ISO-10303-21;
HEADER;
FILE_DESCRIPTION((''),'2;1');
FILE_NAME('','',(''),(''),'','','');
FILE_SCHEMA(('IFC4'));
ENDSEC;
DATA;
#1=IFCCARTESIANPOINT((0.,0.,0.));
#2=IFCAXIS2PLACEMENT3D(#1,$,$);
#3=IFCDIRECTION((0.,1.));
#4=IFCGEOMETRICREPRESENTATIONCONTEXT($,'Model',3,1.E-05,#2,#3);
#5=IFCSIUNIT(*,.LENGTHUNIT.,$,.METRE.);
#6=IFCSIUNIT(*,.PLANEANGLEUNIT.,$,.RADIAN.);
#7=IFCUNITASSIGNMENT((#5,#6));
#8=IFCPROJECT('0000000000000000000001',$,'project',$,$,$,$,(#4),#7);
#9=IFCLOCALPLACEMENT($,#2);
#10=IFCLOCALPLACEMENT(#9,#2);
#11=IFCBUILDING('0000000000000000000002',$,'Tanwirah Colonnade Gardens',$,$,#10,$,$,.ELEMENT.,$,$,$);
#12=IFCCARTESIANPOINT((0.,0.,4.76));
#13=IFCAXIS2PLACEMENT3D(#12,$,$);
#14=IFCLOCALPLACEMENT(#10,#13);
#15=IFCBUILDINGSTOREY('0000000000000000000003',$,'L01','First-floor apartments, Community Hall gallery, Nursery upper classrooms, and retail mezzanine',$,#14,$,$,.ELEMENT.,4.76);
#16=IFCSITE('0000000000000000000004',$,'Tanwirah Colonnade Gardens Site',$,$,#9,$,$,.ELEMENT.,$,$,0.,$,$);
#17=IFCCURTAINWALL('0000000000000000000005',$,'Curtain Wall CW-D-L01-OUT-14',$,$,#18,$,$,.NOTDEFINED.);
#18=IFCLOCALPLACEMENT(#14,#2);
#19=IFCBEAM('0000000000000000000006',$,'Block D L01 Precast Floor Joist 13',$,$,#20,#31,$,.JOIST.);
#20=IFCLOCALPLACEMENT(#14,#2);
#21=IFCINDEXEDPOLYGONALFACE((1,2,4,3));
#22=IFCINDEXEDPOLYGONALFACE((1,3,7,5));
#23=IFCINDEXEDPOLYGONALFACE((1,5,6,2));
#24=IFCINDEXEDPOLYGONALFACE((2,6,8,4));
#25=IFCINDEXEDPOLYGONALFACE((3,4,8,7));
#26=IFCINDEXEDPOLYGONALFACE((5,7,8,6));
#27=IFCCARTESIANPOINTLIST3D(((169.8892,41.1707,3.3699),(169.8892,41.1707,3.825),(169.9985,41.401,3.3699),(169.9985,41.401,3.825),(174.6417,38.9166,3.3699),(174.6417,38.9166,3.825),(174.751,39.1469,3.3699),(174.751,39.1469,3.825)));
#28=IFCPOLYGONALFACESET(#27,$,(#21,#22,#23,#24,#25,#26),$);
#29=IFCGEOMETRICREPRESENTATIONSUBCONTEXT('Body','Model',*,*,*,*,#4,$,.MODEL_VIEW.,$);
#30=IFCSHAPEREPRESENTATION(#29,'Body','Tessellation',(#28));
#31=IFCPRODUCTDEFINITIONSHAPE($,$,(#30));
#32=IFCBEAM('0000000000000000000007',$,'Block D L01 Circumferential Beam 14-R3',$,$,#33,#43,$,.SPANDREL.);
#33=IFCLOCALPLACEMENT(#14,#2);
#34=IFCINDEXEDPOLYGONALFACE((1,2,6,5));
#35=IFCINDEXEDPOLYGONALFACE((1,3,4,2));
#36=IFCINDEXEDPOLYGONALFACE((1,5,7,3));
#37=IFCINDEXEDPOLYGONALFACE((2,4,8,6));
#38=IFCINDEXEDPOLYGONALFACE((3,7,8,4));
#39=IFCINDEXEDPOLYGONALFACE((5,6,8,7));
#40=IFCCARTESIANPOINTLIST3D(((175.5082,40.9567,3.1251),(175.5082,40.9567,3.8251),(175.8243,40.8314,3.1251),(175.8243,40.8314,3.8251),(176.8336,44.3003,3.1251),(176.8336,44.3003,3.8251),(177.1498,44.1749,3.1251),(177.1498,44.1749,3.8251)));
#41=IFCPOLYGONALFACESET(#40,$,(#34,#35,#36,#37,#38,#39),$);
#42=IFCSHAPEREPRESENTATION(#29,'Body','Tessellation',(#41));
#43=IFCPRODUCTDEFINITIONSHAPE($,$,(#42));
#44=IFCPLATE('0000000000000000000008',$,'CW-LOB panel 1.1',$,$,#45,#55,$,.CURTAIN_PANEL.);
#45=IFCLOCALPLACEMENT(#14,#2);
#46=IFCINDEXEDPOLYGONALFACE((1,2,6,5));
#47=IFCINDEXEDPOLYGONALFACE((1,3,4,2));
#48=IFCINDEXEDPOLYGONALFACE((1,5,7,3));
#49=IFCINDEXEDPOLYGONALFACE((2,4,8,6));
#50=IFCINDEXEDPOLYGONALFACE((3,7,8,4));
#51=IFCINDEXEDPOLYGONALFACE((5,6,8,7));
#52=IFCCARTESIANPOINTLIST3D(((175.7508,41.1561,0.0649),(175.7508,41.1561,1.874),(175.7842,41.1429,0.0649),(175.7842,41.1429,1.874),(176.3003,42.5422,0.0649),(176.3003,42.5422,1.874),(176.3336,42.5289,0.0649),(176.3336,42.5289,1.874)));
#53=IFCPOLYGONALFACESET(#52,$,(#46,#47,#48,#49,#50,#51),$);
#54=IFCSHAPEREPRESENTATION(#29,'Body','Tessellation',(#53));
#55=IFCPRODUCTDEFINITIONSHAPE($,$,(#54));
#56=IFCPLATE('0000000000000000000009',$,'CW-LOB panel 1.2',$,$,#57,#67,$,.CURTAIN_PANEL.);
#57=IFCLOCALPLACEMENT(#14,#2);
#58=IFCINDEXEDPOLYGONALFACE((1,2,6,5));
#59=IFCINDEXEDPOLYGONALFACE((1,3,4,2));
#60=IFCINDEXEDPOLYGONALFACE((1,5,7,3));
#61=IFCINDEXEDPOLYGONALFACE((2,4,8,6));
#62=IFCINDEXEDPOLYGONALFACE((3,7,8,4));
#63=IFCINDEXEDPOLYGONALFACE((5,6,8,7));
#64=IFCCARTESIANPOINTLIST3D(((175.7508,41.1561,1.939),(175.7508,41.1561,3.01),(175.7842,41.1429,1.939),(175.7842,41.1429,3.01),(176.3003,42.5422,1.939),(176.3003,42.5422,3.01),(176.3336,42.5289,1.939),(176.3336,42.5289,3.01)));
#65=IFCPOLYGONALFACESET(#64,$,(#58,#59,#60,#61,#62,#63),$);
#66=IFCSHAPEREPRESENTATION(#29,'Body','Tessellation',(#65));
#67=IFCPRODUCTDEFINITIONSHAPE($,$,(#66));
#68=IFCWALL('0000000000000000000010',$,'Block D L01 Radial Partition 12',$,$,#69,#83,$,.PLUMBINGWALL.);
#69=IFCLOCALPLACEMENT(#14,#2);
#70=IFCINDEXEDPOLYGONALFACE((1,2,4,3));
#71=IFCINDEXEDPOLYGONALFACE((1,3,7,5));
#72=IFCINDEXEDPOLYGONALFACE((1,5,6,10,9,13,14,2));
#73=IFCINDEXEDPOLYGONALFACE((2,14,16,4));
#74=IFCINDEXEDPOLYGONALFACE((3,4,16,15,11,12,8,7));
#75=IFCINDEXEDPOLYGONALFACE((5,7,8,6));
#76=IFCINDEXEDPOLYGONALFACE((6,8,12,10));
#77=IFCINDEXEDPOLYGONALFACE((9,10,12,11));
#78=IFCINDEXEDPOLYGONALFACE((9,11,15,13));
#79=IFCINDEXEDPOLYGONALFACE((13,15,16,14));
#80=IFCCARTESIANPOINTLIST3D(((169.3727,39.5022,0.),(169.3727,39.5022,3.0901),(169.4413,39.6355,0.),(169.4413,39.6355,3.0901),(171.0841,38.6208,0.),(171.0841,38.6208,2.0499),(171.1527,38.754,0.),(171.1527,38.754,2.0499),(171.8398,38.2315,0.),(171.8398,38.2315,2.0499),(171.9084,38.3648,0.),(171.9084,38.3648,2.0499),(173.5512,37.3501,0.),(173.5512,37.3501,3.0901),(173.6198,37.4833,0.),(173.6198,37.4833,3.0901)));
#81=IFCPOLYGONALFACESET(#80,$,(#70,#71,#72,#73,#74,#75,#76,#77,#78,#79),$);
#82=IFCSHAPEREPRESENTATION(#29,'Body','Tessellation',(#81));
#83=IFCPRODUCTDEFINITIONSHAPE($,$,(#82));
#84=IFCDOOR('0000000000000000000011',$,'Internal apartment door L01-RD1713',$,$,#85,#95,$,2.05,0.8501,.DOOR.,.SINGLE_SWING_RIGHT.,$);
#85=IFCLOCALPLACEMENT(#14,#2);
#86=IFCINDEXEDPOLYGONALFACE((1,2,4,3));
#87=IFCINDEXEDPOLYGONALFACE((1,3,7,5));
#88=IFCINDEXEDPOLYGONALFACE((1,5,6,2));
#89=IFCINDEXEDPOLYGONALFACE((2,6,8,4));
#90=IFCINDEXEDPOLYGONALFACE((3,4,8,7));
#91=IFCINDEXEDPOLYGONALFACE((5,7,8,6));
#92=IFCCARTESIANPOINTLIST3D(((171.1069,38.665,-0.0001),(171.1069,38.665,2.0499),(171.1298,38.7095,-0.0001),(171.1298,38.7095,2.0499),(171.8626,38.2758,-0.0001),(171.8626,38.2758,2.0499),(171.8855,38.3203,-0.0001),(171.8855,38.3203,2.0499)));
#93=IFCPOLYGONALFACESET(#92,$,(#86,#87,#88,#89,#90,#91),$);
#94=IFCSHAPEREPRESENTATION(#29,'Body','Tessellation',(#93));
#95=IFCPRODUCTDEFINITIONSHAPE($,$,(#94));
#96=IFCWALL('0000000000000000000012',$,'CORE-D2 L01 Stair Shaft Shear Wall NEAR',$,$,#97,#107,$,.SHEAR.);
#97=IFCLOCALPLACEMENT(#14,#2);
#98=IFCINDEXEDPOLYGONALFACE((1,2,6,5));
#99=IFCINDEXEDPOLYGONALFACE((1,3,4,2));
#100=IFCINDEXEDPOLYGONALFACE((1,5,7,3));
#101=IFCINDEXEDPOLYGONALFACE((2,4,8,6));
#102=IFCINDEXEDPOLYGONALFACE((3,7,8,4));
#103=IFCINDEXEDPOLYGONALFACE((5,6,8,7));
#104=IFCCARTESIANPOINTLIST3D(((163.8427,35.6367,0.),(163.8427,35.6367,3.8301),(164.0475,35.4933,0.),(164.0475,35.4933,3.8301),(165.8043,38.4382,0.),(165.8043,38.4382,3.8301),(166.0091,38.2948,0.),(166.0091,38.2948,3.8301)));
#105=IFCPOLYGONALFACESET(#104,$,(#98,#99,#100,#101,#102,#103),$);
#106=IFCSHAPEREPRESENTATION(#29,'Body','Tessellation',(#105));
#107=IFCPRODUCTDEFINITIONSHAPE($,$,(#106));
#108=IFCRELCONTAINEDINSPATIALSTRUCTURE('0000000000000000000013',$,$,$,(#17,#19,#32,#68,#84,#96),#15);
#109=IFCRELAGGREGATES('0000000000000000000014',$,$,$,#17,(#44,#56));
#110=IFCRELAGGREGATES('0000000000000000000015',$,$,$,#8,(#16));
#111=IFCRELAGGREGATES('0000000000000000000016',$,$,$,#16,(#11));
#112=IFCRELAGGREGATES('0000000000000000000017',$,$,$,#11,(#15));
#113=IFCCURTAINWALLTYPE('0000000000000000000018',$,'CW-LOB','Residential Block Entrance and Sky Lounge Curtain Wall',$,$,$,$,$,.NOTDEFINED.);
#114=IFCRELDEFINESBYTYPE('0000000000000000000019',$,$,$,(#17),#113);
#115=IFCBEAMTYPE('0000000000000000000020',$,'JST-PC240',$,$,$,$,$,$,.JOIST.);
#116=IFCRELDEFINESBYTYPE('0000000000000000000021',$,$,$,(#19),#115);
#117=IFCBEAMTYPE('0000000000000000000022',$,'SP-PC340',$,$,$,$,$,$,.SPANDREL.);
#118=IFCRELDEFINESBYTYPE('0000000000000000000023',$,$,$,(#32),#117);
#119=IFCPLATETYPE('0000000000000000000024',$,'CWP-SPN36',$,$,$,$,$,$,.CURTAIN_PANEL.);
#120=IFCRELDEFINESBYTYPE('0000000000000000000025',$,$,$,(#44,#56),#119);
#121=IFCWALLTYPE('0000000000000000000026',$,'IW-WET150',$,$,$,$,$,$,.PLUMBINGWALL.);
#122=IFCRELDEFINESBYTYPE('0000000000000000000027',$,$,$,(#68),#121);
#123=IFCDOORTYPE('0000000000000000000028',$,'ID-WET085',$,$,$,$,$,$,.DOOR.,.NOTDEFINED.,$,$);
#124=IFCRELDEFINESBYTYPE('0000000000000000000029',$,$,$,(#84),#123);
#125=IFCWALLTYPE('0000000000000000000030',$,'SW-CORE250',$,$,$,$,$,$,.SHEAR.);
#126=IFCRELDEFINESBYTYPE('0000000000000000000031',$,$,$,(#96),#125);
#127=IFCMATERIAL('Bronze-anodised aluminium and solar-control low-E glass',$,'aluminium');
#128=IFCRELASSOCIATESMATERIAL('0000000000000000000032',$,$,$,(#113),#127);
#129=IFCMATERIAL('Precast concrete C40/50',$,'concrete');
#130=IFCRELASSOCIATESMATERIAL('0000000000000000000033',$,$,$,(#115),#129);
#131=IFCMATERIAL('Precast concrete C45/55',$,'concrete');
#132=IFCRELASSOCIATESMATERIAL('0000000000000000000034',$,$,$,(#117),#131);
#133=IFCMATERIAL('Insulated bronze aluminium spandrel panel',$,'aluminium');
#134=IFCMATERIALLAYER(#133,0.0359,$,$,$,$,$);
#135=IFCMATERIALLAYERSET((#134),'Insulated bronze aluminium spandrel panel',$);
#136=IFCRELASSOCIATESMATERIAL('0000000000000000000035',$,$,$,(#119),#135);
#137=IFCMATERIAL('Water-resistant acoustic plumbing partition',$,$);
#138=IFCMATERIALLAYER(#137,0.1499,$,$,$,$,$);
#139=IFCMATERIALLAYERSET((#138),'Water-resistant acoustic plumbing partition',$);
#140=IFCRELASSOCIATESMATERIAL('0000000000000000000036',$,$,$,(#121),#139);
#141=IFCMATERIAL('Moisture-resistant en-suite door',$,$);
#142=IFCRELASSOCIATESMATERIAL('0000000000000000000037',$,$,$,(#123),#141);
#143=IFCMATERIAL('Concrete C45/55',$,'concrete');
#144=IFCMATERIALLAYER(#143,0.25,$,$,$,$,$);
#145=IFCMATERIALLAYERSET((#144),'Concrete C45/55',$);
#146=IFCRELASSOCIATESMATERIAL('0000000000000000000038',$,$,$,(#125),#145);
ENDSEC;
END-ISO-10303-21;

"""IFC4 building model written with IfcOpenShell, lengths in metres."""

from ifc_helpers import new_model, si_unit, direction, frame, frame_2d, origin, origin_2d, place, context, subcontext, project, spatial, rectangle, extrude, material, layer, layer_set, material_profile, profile_set, type_object, element, fill, aggregate, save


model = new_model("IFC4")

# Units and contexts
model_context = context("Model", 3, precision=1e-05, world=origin(), true_north=direction((0.0, 1.0)))
body_context = subcontext(model_context, "Body", "Model", "MODEL_VIEW")
ifc_project = project(units=[si_unit("LENGTHUNIT", "METRE"), si_unit("PLANEANGLEUNIT", "RADIAN")], contexts=[model_context])

# Site, building, storey
site_placement = place(None, origin())
site = spatial("IfcSite", under=ifc_project, at=site_placement, Name="Tanwirah Colonnade Gardens Site", CompositionType="ELEMENT", RefElevation=0.0)
building_placement = place(site_placement, origin())
building = spatial("IfcBuilding", under=site, at=building_placement, Name="Tanwirah Colonnade Gardens", CompositionType="ELEMENT")
storey_placement = place(building_placement, frame((0.0, 0.0, 4.76)))
storey = spatial("IfcBuildingStorey", under=building, at=storey_placement, Name="L01", Description="First-floor apartments, Community Hall gallery, Nursery upper classrooms, and retail mezzanine", CompositionType="ELEMENT", Elevation=4.76)

# Shared definitions
ifc_material_1 = material(Name="Precast concrete C45/55", Category="concrete")

# Shared definitions
ifc_material_2 = material(Name="Precast concrete C40/50", Category="concrete")

# Curtain wall
ifc_material_3 = material(Name="Bronze-anodised aluminium and solar-control low-E glass", Category="aluminium")
curtain_wall_type = type_object("IfcCurtainWallType", Name="CW-LOB", Description="Residential Block Entrance and Sky Lounge Curtain Wall", PredefinedType="NOTDEFINED", material=ifc_material_3)
curtain_wall_placement = place(storey_placement, origin())
curtain_wall = element("IfcCurtainWall", 1, at=curtain_wall_placement, inside=storey, type_object=curtain_wall_type, Name="Curtain Wall CW-D-L01-OUT-14", PredefinedType="NOTDEFINED")

# Beams
ifc_material_profile_1 = material_profile(ifc_material_2, rectangle(XDim=0.2549, YDim=0.4551, at=origin_2d()), Name="PC-JST 255x455")
ifc_profile_set_1 = profile_set([ifc_material_profile_1], Name="Precast concrete C40/50")
beam_type_1 = type_object("IfcBeamType", Name="JST-PC240", PredefinedType="JOIST", material=ifc_profile_set_1)
beam_1_placement = place(storey_placement, frame((169.9438, 41.2859, 3.5974), z_axis=(0.903518, -0.428551, 0.0), x_axis=(0.428551, 0.903518, 0.0)))
element("IfcBeam", 2, at=beam_1_placement, inside=storey, type_object=beam_type_1, Name="Block D L01 Precast Floor Joist 13", PredefinedType="JOIST", context=body_context, shape_type="SweptSolid", body=[
    extrude(rectangle(XDim=0.2549, YDim=0.4551, at=origin_2d()), origin(), (0.0, 0.0, 1.0), 5.26),
])
ifc_material_profile_2 = material_profile(ifc_material_1, rectangle(XDim=0.3401, YDim=0.7, at=origin_2d()), Name="PC-SP 340x700")
ifc_profile_set_2 = profile_set([ifc_material_profile_2], Name="Precast concrete C45/55")
beam_type_2 = type_object("IfcBeamType", Name="SP-PC340", PredefinedType="SPANDREL", material=ifc_profile_set_2)
beam_2_placement = place(storey_placement, frame((175.6663, 40.894, 3.4751), z_axis=(0.368522, 0.929619, 0.0), x_axis=(-0.929619, 0.368522, 0.0)))
element("IfcBeam", 3, at=beam_2_placement, inside=storey, type_object=beam_type_2, Name="Block D L01 Circumferential Beam 14-R3", PredefinedType="SPANDREL", context=body_context, shape_type="SweptSolid", body=[
    extrude(rectangle(XDim=0.3401, YDim=0.7, at=origin_2d()), origin(), (0.0, 0.0, 1.0), 3.5967),
])

# Plates
ifc_material_4 = material(Name="Insulated bronze aluminium spandrel panel", Category="aluminium")
ifc_layer_1 = layer(ifc_material_4, 0.0359)
ifc_layer_set_1 = layer_set([ifc_layer_1], Name="Insulated bronze aluminium spandrel panel")
plate_type = type_object("IfcPlateType", Name="CWP-SPN36", PredefinedType="CURTAIN_PANEL", material=ifc_layer_set_1)
plate_1_placement = place(storey_placement, frame((176.0422, 41.8425, 0.0649), z_axis=(0.0, 0.0, 1.0), x_axis=(0.368529, 0.929616, 0.0)))
plate_1 = element("IfcPlate", 4, at=plate_1_placement, type_object=plate_type, Name="CW-LOB panel 1.1", PredefinedType="CURTAIN_PANEL", context=body_context, shape_type="SweptSolid", body=[
    extrude(rectangle(XDim=1.491, YDim=0.0359, at=origin_2d()), origin(), (0.0, 0.0, 1.0), 1.8091),
])
plate_2_placement = place(storey_placement, frame((176.0422, 41.8425, 1.939), z_axis=(0.0, 0.0, 1.0), x_axis=(0.368529, 0.929616, 0.0)))
plate_2 = element("IfcPlate", 5, at=plate_2_placement, type_object=plate_type, Name="CW-LOB panel 1.2", PredefinedType="CURTAIN_PANEL", context=body_context, shape_type="SweptSolid", body=[
    extrude(rectangle(XDim=1.491, YDim=0.0359, at=origin_2d()), origin(), (0.0, 0.0, 1.0), 1.071),
])
aggregate(curtain_wall, [plate_1, plate_2])

# Wall, opening, door
ifc_material_5 = material(Name="Water-resistant acoustic plumbing partition")
ifc_layer_2 = layer(ifc_material_5, 0.1499)
ifc_layer_set_2 = layer_set([ifc_layer_2], Name="Water-resistant acoustic plumbing partition")
wall_type_1 = type_object("IfcWallType", Name="IW-WET150", PredefinedType="PLUMBINGWALL", material=ifc_layer_set_2)
wall_1_placement = place(storey_placement, frame((169.407, 39.5688, 0.0), z_axis=(0.0, 0.0, 1.0), x_axis=(0.889013, -0.457882, 0.0)))
wall_1 = element("IfcWall", 6, at=wall_1_placement, inside=storey, type_object=wall_type_1, Name="Block D L01 Radial Partition 12", PredefinedType="PLUMBINGWALL", context=body_context, shape_type="SweptSolid", body=[
    extrude(rectangle(XDim=4.7002, YDim=0.1499, at=frame_2d((2.3501, 0.0))), origin(), (0.0, 0.0, 1.0), 3.0901),
])
opening_1_placement = place(wall_1_placement, frame((1.925, 0.0, 0.0)))
opening_1 = element("IfcOpeningElement", 7, at=opening_1_placement, cuts=wall_1, PredefinedType="OPENING", context=body_context, shape_type="SweptSolid", body=[
    extrude(rectangle(XDim=0.8501, YDim=2.05, at=frame_2d((0.425, 1.0249))), frame((0.0, 0.085, 0.0), z_axis=(0.0, -1.0, 0.0), x_axis=(1.0, 0.0, 0.0)), (0.0, 0.0, 1.0), 0.1699),
])
ifc_material_6 = material(Name="Moisture-resistant en-suite door")
door_type_1 = type_object("IfcDoorType", Name="ID-WET085", OperationType="NOTDEFINED", PredefinedType="DOOR", material=ifc_material_6)
door_1_placement = place(opening_1_placement, origin())
door_1 = element("IfcDoor", 8, at=door_1_placement, inside=storey, type_object=door_type_1, Name="Internal apartment door L01-RD1713", OperationType="SINGLE_SWING_RIGHT", OverallHeight=2.05, OverallWidth=0.8501, PredefinedType="DOOR", context=body_context, shape_type="SweptSolid", body=[
    extrude(rectangle(XDim=0.8501, YDim=2.05, at=frame_2d((0.425, 1.0249))), frame((0.0, 0.0249, 0.0), z_axis=(0.0, -1.0, 0.0), x_axis=(1.0, 0.0, 0.0)), (0.0, 0.0, 1.0), 0.05),
])
fill(opening_1, door_1)

# Wall
ifc_material_7 = material(Name="Concrete C45/55", Category="concrete")
ifc_layer_3 = layer(ifc_material_7, 0.25)
ifc_layer_set_3 = layer_set([ifc_layer_3], Name="Concrete C45/55")
wall_type_2 = type_object("IfcWallType", Name="SW-CORE250", PredefinedType="SHEAR", material=ifc_layer_set_3)
wall_2_placement = place(storey_placement, frame((165.9067, 38.3665, 0.0), z_axis=(0.0, 0.0, 1.0), x_axis=(-0.573582, -0.819148, 0.0)))
element("IfcWall", 9, at=wall_2_placement, inside=storey, type_object=wall_type_2, Name="CORE-D2 L01 Stair Shaft Shear Wall NEAR", PredefinedType="SHEAR", context=body_context, shape_type="SweptSolid", body=[
    extrude(rectangle(XDim=3.4199, YDim=0.25, at=frame_2d((1.71, 0.0))), origin(), (0.0, 0.0, 1.0), 3.8301),
])

save(model, "model.ifc")
